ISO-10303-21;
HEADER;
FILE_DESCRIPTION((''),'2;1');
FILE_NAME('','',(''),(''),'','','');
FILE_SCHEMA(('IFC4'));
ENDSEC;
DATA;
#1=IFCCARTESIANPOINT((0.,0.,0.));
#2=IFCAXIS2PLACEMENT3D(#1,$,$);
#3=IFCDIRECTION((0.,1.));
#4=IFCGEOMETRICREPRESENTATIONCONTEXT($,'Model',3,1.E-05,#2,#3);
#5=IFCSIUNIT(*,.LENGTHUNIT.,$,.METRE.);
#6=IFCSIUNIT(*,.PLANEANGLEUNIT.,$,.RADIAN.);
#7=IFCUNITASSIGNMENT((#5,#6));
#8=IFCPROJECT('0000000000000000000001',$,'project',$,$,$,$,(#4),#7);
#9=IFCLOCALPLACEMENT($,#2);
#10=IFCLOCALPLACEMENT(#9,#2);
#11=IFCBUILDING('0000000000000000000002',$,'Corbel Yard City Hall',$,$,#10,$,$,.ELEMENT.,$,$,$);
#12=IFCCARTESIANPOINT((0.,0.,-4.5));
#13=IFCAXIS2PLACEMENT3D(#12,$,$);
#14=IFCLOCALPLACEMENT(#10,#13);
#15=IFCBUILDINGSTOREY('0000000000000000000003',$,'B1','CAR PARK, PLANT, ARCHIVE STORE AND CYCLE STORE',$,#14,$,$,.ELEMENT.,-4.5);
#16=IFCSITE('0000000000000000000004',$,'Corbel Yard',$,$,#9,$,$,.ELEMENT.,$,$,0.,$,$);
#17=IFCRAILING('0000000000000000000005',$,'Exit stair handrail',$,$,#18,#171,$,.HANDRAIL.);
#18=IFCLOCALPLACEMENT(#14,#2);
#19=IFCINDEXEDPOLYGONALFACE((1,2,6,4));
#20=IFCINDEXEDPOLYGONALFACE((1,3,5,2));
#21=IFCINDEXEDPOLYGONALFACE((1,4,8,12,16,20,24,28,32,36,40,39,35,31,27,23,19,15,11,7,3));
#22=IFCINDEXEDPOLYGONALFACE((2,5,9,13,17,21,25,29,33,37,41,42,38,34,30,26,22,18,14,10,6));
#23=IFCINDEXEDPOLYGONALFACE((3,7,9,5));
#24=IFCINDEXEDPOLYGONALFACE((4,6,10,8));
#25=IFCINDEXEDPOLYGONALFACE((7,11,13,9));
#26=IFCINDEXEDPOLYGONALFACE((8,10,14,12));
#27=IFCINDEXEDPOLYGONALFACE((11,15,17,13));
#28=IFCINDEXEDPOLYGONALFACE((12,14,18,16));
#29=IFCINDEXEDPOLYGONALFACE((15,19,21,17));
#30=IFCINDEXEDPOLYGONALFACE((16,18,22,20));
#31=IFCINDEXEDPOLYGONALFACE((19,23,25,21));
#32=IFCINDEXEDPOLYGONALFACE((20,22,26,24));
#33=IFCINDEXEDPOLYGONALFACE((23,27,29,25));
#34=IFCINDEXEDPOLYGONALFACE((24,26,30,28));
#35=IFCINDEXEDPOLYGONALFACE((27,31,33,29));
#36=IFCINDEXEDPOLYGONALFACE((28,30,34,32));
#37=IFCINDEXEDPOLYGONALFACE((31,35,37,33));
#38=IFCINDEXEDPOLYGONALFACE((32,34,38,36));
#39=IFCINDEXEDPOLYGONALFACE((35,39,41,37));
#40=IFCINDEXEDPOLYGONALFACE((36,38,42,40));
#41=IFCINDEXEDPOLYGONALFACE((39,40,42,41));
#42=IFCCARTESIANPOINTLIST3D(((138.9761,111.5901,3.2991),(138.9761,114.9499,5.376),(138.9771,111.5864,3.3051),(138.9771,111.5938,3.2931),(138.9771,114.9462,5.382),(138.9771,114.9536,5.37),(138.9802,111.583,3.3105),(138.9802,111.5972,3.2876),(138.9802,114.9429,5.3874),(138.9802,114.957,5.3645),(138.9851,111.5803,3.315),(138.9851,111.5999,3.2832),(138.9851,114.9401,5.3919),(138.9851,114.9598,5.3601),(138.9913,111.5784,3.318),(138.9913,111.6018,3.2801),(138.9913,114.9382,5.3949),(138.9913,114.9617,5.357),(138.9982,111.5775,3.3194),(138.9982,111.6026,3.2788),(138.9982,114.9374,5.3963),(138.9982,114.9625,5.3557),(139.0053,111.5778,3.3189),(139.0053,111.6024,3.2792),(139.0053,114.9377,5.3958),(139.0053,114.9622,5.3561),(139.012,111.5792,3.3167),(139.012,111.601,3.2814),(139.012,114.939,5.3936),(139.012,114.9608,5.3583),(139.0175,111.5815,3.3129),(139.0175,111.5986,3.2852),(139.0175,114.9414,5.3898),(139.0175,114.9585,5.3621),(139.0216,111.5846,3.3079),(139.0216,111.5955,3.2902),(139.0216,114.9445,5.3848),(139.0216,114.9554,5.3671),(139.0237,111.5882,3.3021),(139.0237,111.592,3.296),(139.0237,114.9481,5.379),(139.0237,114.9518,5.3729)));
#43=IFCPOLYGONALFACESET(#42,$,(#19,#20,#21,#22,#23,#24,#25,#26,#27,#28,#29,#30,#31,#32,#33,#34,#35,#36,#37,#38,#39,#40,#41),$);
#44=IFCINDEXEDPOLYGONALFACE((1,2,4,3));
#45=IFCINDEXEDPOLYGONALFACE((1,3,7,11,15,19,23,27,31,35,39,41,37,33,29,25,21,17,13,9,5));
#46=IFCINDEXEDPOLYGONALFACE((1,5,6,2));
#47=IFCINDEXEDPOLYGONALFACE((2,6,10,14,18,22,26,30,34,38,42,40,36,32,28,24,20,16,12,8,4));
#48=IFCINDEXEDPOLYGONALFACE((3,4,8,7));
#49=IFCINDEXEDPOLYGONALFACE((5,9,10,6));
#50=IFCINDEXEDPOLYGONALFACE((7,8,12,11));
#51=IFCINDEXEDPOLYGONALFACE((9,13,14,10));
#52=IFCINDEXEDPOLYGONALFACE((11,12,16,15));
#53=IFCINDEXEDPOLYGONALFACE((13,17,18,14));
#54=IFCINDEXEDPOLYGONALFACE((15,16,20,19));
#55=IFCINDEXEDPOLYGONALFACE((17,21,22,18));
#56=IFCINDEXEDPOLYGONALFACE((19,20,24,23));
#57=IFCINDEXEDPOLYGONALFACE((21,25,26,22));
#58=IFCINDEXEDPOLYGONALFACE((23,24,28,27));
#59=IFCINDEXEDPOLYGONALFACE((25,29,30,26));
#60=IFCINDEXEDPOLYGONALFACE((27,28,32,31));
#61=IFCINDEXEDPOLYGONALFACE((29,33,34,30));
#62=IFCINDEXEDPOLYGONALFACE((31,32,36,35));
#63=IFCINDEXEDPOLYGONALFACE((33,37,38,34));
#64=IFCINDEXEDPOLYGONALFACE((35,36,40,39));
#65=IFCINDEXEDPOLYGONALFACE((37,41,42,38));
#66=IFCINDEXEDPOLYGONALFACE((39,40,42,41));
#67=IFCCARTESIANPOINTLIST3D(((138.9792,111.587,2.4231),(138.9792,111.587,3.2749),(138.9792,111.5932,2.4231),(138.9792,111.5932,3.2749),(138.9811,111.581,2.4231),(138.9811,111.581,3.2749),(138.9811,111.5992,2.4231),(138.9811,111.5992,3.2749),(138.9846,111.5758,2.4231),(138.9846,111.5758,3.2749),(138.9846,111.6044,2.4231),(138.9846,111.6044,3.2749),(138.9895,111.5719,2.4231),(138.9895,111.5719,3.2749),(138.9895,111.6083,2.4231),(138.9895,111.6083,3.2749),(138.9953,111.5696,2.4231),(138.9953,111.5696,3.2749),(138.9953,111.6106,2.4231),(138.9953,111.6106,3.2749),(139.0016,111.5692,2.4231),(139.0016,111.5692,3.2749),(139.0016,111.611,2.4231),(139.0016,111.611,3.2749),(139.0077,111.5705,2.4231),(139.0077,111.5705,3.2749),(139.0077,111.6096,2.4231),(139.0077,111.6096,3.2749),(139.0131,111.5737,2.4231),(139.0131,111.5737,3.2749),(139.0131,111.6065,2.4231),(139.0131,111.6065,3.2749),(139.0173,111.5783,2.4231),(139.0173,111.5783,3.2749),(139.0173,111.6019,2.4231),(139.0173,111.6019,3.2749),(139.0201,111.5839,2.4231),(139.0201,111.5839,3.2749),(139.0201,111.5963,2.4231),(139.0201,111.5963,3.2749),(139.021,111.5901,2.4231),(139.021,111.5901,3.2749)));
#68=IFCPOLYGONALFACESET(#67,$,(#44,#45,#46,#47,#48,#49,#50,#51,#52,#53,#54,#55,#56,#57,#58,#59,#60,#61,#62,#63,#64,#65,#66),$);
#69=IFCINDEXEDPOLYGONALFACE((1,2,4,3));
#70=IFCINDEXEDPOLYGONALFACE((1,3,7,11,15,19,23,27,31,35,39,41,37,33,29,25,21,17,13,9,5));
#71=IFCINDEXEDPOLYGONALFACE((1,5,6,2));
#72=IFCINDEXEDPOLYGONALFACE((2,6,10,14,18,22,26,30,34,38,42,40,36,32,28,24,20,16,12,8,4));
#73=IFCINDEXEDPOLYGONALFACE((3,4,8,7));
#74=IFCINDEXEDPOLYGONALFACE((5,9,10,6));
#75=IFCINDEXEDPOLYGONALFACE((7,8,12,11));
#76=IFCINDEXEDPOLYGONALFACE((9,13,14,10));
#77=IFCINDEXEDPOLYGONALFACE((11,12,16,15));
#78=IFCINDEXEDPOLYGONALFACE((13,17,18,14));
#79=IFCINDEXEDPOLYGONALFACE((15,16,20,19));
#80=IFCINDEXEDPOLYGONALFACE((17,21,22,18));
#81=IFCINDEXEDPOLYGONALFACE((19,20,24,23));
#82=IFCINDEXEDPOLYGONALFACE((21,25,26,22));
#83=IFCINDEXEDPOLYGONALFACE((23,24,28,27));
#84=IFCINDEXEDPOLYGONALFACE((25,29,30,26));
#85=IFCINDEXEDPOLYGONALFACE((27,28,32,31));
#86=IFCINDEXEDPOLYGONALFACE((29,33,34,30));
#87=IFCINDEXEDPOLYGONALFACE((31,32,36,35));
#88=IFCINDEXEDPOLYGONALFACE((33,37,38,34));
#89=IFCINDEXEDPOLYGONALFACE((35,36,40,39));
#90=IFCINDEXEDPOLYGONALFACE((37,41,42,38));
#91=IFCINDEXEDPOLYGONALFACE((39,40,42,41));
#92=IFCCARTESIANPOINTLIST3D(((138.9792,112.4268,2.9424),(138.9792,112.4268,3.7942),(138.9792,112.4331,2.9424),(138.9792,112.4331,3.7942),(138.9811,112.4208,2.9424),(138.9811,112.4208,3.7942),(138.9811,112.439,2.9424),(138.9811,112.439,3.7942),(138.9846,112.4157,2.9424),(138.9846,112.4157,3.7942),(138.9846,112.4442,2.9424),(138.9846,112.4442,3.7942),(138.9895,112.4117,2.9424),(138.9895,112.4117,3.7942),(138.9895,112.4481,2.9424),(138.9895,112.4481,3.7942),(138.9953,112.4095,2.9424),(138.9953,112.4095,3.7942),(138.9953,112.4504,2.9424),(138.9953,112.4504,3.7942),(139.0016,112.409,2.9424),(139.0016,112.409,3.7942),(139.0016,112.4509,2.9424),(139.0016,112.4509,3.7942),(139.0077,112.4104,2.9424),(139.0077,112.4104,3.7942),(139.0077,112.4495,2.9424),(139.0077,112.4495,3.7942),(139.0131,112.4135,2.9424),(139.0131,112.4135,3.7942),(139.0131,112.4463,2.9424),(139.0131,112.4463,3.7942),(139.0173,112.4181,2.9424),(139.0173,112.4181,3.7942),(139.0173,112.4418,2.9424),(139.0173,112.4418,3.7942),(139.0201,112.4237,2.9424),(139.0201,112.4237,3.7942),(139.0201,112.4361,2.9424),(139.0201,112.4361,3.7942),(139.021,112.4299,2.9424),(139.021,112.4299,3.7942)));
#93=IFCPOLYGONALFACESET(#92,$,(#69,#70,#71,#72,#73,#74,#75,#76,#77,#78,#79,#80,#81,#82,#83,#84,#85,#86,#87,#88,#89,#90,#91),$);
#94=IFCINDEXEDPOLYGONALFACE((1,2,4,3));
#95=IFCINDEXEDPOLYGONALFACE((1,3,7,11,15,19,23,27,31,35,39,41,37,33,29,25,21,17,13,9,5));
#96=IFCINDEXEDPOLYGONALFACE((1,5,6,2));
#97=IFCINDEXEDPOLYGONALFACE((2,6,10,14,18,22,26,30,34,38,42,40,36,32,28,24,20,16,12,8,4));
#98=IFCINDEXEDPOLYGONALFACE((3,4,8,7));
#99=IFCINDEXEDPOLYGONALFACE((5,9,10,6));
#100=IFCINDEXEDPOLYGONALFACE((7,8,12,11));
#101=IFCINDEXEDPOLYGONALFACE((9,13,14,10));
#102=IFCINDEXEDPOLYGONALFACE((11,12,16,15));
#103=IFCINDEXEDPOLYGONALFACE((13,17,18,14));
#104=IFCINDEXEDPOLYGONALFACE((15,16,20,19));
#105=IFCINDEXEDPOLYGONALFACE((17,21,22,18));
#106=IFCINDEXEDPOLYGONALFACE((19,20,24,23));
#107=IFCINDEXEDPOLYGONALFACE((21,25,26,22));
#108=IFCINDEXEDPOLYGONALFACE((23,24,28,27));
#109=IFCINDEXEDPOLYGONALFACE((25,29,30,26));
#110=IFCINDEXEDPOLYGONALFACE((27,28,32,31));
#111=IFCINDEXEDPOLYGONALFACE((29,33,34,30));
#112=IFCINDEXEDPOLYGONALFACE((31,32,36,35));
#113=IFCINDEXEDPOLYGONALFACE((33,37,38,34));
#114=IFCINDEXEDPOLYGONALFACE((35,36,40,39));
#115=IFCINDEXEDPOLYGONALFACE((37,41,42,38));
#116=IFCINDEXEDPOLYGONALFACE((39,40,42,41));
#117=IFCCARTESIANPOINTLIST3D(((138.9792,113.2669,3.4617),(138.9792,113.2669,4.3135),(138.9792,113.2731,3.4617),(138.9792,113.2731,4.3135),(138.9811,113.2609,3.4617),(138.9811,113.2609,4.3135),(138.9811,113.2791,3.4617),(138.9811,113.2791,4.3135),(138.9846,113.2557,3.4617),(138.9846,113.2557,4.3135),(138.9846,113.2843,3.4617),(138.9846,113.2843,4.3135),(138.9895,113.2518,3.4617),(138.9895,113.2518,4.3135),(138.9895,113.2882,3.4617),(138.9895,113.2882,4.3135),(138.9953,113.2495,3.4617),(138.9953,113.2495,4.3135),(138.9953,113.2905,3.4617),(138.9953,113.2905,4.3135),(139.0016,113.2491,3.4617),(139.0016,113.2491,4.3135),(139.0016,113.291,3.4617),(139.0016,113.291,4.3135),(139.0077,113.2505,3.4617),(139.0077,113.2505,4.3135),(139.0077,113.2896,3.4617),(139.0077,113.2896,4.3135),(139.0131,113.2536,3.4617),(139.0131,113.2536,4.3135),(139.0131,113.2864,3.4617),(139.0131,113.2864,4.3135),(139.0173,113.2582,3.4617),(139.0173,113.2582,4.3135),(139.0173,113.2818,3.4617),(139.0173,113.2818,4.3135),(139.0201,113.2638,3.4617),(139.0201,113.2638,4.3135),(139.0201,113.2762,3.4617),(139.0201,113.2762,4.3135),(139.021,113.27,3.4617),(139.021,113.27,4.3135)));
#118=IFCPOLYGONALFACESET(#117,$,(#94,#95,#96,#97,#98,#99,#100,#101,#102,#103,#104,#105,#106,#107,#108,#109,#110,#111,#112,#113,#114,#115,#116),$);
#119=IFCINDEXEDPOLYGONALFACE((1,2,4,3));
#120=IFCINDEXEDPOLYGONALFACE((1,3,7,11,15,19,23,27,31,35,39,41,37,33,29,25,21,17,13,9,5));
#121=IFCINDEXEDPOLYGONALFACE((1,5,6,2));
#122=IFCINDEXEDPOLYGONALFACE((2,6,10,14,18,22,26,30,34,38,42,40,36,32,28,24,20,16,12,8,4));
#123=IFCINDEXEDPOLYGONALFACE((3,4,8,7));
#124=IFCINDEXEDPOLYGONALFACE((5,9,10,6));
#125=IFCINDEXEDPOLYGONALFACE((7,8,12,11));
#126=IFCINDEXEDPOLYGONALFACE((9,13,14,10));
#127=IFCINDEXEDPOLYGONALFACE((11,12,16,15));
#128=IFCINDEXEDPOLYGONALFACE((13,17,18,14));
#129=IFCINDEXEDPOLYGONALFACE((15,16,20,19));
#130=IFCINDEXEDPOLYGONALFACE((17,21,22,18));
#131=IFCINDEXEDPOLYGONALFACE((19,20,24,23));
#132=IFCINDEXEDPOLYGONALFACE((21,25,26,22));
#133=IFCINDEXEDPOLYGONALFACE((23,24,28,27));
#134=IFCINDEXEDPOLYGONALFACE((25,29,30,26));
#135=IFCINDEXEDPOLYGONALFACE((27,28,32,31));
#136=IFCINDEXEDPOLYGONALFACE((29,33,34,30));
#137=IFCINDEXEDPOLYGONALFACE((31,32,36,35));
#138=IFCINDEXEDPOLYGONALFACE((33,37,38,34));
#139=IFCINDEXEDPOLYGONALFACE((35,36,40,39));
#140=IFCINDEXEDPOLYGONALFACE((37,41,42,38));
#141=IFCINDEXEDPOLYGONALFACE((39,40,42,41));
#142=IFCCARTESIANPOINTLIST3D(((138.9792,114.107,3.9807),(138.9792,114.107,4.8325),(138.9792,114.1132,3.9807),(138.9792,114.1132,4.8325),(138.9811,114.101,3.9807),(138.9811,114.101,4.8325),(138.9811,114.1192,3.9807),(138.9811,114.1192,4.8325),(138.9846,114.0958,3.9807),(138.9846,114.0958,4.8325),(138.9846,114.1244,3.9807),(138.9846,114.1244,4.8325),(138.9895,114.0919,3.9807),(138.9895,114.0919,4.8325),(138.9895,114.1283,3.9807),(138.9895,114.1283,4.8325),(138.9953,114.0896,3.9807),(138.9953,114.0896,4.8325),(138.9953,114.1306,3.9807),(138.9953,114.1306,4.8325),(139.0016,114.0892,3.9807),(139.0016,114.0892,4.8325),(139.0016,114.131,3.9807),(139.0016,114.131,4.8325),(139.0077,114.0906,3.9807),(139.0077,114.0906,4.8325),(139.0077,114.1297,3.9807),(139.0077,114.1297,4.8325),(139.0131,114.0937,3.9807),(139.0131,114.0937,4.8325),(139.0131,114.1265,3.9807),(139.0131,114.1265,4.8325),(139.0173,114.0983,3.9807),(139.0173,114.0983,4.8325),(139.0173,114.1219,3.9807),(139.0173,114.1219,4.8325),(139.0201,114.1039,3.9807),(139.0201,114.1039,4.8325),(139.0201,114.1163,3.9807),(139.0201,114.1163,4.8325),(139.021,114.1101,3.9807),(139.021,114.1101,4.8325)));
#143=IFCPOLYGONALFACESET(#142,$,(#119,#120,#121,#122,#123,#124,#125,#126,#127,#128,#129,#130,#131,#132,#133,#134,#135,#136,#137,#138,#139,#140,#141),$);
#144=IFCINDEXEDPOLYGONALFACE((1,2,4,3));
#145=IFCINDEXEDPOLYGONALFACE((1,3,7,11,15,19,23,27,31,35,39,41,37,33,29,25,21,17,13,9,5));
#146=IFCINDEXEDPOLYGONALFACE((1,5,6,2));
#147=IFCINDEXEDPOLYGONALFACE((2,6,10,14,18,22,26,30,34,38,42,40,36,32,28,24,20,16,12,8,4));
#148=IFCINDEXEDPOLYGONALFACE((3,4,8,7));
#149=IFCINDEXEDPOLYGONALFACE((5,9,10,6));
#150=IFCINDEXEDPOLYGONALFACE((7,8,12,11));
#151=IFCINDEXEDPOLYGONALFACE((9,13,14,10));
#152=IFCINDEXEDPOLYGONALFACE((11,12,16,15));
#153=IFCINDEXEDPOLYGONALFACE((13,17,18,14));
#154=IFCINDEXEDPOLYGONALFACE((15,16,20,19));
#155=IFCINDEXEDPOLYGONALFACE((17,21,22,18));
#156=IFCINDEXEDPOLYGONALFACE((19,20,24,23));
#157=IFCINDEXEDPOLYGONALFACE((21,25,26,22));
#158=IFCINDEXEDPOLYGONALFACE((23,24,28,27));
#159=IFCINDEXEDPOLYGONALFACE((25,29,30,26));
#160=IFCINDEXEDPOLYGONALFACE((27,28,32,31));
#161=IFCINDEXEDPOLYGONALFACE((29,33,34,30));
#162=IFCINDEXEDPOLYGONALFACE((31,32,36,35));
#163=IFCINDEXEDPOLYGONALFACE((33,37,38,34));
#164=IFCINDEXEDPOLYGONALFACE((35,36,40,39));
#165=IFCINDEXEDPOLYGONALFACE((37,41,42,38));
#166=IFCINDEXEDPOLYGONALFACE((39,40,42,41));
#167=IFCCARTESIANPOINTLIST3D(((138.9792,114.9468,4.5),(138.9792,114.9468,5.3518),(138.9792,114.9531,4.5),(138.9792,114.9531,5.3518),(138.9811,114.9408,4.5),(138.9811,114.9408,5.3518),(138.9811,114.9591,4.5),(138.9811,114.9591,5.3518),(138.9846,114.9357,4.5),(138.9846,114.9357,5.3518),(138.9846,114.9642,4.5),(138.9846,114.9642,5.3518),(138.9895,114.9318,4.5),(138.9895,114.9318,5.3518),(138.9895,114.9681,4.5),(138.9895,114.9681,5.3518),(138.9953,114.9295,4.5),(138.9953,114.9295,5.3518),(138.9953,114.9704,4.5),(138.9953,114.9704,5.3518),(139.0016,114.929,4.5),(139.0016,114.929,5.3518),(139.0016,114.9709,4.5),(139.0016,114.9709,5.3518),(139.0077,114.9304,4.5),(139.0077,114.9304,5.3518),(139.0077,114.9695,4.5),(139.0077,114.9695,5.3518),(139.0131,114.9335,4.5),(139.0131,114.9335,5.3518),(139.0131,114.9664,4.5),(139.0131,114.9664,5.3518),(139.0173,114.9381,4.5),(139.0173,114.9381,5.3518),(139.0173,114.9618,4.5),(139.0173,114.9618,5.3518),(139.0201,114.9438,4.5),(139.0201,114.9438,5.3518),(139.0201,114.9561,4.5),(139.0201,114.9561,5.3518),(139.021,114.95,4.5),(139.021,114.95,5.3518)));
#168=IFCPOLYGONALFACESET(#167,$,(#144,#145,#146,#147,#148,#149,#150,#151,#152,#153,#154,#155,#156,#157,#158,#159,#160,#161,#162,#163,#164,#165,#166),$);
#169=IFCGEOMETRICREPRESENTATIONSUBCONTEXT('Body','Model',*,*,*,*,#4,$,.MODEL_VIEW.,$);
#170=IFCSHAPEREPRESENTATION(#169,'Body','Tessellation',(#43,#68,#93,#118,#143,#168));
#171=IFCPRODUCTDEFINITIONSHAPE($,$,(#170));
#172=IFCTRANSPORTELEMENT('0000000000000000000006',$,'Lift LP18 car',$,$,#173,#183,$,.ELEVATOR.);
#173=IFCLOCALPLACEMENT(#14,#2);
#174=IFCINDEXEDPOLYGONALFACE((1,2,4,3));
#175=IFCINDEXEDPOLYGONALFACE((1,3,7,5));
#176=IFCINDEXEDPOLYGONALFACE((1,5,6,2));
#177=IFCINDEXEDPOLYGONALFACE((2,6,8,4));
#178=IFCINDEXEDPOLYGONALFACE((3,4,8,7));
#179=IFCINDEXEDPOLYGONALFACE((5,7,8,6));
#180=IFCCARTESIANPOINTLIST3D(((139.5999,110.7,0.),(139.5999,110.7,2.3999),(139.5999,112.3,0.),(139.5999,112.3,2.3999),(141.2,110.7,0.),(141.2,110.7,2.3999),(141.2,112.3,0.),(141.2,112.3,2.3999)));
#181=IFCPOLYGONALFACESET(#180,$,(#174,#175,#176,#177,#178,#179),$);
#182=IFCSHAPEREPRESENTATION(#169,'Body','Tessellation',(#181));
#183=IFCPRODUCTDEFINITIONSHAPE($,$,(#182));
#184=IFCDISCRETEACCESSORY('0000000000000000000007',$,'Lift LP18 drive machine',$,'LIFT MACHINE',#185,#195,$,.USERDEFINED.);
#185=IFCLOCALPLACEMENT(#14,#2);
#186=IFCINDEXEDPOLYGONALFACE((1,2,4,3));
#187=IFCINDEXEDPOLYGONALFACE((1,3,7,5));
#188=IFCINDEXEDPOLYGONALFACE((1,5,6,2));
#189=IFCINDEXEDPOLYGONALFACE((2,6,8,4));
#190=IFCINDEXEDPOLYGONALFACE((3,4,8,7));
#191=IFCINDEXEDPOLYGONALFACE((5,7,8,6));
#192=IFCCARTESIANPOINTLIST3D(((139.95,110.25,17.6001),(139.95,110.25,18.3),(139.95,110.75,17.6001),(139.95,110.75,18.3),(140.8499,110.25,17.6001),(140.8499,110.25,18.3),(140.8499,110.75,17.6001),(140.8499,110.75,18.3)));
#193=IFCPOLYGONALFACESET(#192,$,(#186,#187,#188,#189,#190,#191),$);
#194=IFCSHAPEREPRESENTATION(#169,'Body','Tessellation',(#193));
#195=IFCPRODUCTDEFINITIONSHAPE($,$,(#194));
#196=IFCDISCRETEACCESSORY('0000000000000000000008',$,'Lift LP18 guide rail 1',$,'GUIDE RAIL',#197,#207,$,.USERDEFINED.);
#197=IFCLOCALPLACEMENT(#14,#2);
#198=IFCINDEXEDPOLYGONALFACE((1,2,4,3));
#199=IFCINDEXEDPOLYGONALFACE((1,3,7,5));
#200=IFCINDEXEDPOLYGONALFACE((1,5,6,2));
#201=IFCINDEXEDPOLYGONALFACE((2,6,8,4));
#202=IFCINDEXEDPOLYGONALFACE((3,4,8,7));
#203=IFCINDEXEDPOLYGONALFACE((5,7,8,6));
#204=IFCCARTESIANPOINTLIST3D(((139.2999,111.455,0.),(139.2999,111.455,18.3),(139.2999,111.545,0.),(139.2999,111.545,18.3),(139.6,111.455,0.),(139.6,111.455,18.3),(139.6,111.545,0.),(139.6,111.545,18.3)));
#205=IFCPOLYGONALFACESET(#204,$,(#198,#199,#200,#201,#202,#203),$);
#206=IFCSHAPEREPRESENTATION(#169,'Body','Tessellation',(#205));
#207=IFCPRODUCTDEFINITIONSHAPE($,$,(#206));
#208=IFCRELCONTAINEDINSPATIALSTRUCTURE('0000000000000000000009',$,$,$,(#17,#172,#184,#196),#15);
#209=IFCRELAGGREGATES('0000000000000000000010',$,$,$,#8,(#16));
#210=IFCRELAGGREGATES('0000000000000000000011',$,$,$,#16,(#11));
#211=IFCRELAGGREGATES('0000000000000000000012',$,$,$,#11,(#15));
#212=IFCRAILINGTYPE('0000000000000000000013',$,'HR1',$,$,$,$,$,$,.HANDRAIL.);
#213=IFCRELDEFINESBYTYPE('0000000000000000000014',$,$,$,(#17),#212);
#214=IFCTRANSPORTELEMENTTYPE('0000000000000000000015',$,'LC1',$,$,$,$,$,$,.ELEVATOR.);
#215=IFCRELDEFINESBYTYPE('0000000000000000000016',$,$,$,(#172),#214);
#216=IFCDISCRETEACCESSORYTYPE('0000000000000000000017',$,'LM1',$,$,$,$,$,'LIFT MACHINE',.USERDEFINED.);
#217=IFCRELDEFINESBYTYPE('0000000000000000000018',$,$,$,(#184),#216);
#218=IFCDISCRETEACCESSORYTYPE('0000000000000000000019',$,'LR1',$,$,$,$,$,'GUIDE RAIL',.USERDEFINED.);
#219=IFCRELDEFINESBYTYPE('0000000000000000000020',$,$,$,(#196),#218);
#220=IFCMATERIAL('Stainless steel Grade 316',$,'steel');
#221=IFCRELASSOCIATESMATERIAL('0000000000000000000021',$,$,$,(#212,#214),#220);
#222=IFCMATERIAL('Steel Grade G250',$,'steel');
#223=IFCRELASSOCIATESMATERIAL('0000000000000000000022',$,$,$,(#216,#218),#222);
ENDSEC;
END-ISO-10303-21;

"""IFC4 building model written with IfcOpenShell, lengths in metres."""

from ifc_helpers import new_model, si_unit, direction, frame, origin, origin_2d, place, context, subcontext, project, spatial, rectangle, circle, extrude, material, type_object, element, save


model = new_model("IFC4")

# Units and contexts
model_context = context("Model", 3, precision=1e-05, world=origin(), true_north=direction((0.0, 1.0)))
body_context = subcontext(model_context, "Body", "Model", "MODEL_VIEW")
ifc_project = project(units=[si_unit("LENGTHUNIT", "METRE"), si_unit("PLANEANGLEUNIT", "RADIAN")], contexts=[model_context])

# Site, building, storey
site_placement = place(None, origin())
site = spatial("IfcSite", under=ifc_project, at=site_placement, Name="Corbel Yard", CompositionType="ELEMENT", RefElevation=0.0)
building_placement = place(site_placement, origin())
building = spatial("IfcBuilding", under=site, at=building_placement, Name="Corbel Yard City Hall", CompositionType="ELEMENT")
storey_placement = place(building_placement, frame((0.0, 0.0, -4.5)))
storey = spatial("IfcBuildingStorey", under=building, at=storey_placement, Name="B1", Description="CAR PARK, PLANT, ARCHIVE STORE AND CYCLE STORE", CompositionType="ELEMENT", Elevation=-4.5)

# Shared definitions
ifc_material_1 = material(Name="Steel Grade G250", Category="steel")

# Shared definitions
ifc_material_2 = material(Name="Stainless steel Grade 316", Category="steel")

# Railing
railing_type = type_object("IfcRailingType", Name="HR1", PredefinedType="HANDRAIL", material=ifc_material_2)
railing_placement = place(storey_placement, frame((139.0, 111.5901, 2.4231)))
element("IfcRailing", 1, at=railing_placement, inside=storey, type_object=railing_type, Name="Exit stair handrail", PredefinedType="HANDRAIL", context=body_context, shape_type="SweptSolid", body=[
    extrude(circle(Radius=0.0239, at=origin_2d()), frame((0.0, 0.0, 0.876), z_axis=(0.0, 0.850606, 0.525803), x_axis=(-1.0, 0.0, 0.0)), (0.0, 0.0, 1.0), 3.95),
    extrude(circle(Radius=0.021, at=origin_2d()), origin(), (0.0, 0.0, 1.0), 0.8518),
    extrude(circle(Radius=0.021, at=origin_2d()), frame((0.0, 0.8398, 0.5193)), (0.0, 0.0, 1.0), 0.8518),
    extrude(circle(Radius=0.021, at=origin_2d()), frame((0.0, 1.6799, 1.0386)), (0.0, 0.0, 1.0), 0.8518),
    extrude(circle(Radius=0.021, at=origin_2d()), frame((0.0, 2.52, 1.5576)), (0.0, 0.0, 1.0), 0.8518),
    extrude(circle(Radius=0.021, at=origin_2d()), frame((0.0, 3.3599, 2.0769)), (0.0, 0.0, 1.0), 0.8518),
])

# Transport element
transport_element_type = type_object("IfcTransportElementType", Name="LC1", PredefinedType="ELEVATOR", material=ifc_material_2)
transport_element_placement = place(storey_placement, frame((140.3999, 111.5, 0.0), z_axis=(0.0, 0.0, 1.0), x_axis=(1.0, 0.0, 0.0)))
element("IfcTransportElement", 2, at=transport_element_placement, inside=storey, type_object=transport_element_type, Name="Lift LP18 car", PredefinedType="ELEVATOR", context=body_context, shape_type="SweptSolid", body=[
    extrude(rectangle(XDim=1.6001, YDim=1.6001, at=origin_2d()), origin(), (0.0, 0.0, 1.0), 2.3999),
])

# Discrete accessories
discrete_accessory_type_1 = type_object("IfcDiscreteAccessoryType", Name="LM1", ElementType="LIFT MACHINE", PredefinedType="USERDEFINED", material=ifc_material_1)
discrete_accessory_placement = place(storey_placement, frame((140.3999, 110.5, 17.6001), z_axis=(0.0, 0.0, 1.0), x_axis=(1.0, 0.0, 0.0)))
element("IfcDiscreteAccessory", 3, at=discrete_accessory_placement, inside=storey, type_object=discrete_accessory_type_1, Name="Lift LP18 drive machine", ObjectType="LIFT MACHINE", PredefinedType="USERDEFINED", context=body_context, shape_type="SweptSolid", body=[
    extrude(rectangle(XDim=0.8999, YDim=0.5, at=origin_2d()), origin(), (0.0, 0.0, 1.0), 0.7),
])
discrete_accessory_type_2 = type_object("IfcDiscreteAccessoryType", Name="LR1", ElementType="GUIDE RAIL", PredefinedType="USERDEFINED", material=ifc_material_1)
for number, where, z_axis, x_axis, name in (
    (4, (139.45, 111.5, 0.0), (0.0, 0.0, 1.0), (1.0, 0.0, 0.0), "Lift LP18 guide rail 1"),
):
    element("IfcDiscreteAccessory", number, at=place(storey_placement, frame(where, z_axis=z_axis, x_axis=x_axis)), inside=storey, type_object=discrete_accessory_type_2, Name=name, ObjectType="GUIDE RAIL", PredefinedType="USERDEFINED", context=body_context, shape_type="SweptSolid", body=[
        extrude(rectangle(XDim=0.3, YDim=0.0901, at=origin_2d()), origin(), (0.0, 0.0, 1.0), 18.3),
    ])

save(model, "model.ifc")
